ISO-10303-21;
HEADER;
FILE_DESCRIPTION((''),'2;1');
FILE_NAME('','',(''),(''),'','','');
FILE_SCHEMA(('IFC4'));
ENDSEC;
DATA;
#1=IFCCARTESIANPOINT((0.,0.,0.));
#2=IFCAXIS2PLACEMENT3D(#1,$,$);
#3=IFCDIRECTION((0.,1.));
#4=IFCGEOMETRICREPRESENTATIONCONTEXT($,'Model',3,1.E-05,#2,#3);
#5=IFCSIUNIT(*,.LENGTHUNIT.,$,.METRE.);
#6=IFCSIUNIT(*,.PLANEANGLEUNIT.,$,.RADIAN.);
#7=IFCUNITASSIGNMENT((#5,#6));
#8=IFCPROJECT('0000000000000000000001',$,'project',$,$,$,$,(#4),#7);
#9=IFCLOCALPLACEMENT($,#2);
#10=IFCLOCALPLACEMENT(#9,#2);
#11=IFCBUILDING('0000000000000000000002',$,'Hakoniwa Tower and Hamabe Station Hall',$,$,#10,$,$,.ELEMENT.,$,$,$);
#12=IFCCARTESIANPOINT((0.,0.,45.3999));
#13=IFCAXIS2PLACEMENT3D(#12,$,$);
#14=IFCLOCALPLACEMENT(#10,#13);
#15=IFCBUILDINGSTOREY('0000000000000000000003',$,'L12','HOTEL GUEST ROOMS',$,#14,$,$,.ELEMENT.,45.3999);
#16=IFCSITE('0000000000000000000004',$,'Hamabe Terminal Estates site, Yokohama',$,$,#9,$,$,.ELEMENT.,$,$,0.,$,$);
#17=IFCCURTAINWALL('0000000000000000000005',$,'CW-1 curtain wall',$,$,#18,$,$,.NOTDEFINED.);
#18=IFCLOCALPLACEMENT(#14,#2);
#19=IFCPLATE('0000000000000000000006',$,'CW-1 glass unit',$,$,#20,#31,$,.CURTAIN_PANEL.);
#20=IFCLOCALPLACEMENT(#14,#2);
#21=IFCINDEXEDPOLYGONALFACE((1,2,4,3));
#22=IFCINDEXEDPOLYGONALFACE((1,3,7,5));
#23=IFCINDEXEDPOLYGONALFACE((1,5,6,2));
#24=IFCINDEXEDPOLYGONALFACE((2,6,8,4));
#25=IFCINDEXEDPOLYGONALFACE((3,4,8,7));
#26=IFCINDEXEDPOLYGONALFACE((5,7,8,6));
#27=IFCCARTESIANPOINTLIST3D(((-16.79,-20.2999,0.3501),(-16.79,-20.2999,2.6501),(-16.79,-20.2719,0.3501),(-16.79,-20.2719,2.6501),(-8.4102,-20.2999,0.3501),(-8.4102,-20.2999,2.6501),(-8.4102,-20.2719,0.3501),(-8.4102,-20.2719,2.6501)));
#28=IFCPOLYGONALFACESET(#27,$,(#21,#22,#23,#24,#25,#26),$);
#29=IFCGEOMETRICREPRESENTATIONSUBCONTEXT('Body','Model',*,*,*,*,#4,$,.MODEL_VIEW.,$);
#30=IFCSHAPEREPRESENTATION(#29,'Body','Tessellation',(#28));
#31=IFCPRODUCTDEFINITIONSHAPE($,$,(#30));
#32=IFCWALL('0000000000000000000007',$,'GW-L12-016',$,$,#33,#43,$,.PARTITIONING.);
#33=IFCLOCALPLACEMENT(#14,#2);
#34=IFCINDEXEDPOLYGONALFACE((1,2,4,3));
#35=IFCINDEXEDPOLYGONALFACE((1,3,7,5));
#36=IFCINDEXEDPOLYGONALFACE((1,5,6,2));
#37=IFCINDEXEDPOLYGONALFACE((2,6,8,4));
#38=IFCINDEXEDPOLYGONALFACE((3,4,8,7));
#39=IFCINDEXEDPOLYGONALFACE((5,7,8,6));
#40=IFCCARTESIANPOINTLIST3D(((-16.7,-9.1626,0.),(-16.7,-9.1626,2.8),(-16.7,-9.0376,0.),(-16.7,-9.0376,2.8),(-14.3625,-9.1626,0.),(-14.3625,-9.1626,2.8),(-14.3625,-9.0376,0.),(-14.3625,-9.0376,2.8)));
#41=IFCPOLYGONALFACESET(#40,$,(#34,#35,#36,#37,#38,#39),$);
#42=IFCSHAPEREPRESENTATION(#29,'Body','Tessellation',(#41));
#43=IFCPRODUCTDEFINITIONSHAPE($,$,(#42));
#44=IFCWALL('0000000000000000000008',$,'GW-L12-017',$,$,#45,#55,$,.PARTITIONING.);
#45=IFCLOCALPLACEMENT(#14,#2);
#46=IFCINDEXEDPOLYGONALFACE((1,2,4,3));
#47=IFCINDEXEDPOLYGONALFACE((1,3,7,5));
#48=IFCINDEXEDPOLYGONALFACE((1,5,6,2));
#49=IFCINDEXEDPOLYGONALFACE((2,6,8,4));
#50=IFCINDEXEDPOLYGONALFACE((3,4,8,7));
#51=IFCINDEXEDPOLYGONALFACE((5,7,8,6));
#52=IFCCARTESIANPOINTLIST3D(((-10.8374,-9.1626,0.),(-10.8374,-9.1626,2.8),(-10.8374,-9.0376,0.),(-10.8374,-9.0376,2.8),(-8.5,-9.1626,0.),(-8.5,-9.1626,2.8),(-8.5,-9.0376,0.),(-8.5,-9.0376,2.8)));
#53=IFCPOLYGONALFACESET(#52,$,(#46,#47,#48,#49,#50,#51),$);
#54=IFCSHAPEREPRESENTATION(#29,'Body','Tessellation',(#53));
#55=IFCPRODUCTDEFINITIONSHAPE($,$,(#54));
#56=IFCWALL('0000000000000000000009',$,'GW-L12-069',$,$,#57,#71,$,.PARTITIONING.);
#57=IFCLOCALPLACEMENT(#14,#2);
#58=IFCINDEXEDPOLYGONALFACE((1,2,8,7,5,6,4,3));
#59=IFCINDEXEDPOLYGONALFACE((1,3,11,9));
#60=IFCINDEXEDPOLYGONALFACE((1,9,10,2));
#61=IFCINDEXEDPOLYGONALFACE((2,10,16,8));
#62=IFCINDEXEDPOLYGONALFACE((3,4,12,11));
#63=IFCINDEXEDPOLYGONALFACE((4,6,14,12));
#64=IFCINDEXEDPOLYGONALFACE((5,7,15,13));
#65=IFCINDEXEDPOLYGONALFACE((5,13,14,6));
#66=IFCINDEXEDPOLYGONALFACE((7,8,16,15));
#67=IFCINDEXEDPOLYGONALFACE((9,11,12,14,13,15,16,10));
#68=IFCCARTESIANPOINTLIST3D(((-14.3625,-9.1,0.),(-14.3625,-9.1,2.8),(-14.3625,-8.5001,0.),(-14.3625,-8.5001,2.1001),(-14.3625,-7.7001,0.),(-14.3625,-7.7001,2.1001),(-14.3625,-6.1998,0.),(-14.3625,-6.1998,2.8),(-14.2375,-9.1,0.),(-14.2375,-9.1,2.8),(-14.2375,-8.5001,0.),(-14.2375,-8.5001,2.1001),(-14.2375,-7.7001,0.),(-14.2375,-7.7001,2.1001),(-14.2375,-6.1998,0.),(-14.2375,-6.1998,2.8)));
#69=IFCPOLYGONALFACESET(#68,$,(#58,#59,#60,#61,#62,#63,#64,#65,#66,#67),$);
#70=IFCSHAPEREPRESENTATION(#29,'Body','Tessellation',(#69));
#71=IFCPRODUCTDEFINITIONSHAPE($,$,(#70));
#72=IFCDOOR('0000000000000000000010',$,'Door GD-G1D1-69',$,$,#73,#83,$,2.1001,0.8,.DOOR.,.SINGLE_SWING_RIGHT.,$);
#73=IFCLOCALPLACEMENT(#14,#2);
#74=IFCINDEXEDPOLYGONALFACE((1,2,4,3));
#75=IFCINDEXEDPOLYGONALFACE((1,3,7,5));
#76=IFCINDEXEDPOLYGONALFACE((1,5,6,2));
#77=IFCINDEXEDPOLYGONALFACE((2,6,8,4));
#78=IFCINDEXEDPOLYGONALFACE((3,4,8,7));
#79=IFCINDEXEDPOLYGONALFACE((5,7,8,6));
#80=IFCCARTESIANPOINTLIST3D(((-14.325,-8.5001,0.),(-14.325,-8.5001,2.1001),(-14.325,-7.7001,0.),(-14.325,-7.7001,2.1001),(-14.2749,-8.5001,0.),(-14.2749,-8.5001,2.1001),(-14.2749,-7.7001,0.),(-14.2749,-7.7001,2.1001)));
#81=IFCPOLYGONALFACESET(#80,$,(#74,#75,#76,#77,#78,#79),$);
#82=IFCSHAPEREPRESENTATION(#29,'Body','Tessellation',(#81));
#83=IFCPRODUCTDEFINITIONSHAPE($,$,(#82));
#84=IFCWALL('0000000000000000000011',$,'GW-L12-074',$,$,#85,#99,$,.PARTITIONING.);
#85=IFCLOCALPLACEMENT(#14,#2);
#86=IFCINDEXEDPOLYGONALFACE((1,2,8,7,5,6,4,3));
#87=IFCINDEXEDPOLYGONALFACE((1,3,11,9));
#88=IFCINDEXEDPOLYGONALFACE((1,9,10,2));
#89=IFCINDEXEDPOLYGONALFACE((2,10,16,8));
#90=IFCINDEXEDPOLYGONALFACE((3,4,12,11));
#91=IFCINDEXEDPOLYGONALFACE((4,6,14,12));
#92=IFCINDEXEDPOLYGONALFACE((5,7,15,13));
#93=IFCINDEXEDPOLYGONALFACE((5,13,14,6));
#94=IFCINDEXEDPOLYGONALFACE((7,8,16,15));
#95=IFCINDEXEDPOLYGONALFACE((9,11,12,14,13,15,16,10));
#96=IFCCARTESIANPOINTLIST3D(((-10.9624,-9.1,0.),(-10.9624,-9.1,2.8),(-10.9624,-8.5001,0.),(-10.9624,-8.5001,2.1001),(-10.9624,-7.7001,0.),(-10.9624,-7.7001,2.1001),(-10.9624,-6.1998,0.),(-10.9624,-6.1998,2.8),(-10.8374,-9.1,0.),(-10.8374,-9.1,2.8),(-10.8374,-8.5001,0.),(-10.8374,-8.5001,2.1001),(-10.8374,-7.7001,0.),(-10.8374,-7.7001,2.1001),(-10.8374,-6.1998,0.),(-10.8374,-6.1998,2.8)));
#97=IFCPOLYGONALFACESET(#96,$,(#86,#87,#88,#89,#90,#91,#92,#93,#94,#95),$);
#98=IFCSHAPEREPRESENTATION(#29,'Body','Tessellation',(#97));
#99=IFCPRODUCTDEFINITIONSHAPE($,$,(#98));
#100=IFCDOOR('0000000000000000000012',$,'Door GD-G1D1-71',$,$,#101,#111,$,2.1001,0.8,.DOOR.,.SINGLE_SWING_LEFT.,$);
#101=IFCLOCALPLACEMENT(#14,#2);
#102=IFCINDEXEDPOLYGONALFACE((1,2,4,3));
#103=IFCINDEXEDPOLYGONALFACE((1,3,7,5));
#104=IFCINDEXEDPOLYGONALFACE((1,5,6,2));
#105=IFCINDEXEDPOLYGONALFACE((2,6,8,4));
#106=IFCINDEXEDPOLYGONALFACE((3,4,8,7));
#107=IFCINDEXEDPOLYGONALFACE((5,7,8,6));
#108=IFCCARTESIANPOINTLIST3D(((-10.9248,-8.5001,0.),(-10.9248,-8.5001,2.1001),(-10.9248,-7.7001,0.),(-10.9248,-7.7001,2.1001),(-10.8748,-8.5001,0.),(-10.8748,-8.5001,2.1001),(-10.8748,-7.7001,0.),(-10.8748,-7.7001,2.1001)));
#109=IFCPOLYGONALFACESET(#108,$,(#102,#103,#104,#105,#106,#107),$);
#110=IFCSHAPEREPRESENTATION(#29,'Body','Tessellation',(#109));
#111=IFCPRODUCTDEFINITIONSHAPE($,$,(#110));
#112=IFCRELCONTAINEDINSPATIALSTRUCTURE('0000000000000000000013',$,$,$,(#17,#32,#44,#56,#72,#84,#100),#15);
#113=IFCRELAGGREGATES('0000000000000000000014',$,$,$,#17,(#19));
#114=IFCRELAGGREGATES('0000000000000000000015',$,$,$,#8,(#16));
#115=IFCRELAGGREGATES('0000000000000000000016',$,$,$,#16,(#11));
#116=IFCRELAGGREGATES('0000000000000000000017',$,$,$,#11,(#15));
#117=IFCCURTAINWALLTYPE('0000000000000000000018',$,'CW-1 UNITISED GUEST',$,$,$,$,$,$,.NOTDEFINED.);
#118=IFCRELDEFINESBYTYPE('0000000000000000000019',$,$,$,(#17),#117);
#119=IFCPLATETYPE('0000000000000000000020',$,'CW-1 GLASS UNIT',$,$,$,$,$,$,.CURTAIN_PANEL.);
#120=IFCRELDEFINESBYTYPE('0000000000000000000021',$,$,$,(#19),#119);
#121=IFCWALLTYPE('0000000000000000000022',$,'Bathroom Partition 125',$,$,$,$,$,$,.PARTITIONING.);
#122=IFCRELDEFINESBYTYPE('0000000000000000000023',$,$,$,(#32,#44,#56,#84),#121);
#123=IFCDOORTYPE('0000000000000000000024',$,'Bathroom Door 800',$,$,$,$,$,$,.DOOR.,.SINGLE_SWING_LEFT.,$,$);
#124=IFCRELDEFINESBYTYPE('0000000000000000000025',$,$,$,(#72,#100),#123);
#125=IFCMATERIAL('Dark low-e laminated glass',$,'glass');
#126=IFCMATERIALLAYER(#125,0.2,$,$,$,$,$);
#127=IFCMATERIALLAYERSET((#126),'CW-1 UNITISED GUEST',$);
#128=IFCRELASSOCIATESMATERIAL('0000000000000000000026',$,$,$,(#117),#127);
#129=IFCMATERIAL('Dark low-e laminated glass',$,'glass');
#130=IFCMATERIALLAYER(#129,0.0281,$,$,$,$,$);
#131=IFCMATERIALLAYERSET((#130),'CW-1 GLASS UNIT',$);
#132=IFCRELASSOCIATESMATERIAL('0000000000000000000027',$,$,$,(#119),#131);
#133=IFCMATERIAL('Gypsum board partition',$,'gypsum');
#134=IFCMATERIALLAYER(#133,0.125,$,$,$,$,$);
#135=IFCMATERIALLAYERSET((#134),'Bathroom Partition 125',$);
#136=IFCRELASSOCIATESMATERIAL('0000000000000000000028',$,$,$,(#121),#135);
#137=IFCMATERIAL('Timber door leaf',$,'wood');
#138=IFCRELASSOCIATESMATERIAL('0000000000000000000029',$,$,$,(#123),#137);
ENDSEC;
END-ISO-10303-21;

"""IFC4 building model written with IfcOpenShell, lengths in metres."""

from ifc_helpers import new_model, si_unit, direction, frame, frame_2d, origin, origin_2d, place, context, subcontext, project, spatial, rectangle, extrude, material, layer, layer_set, type_object, element, fill, aggregate, save


model = new_model("IFC4")

# Units and contexts
model_context = context("Model", 3, precision=1e-05, world=origin(), true_north=direction((0.0, 1.0)))
body_context = subcontext(model_context, "Body", "Model", "MODEL_VIEW")
ifc_project = project(units=[si_unit("LENGTHUNIT", "METRE"), si_unit("PLANEANGLEUNIT", "RADIAN")], contexts=[model_context])

# Site, building, storey
site_placement = place(None, origin())
site = spatial("IfcSite", under=ifc_project, at=site_placement, Name="Hamabe Terminal Estates site, Yokohama", CompositionType="ELEMENT", RefElevation=0.0)
building_placement = place(site_placement, origin())
building = spatial("IfcBuilding", under=site, at=building_placement, Name="Hakoniwa Tower and Hamabe Station Hall", CompositionType="ELEMENT")
storey_placement = place(building_placement, frame((0.0, 0.0, 45.3999)))
storey = spatial("IfcBuildingStorey", under=building, at=storey_placement, Name="L12", Description="HOTEL GUEST ROOMS", CompositionType="ELEMENT", Elevation=45.3999)

# Curtain wall, plate
ifc_material_1 = material(Name="Dark low-e laminated glass", Category="glass")
ifc_layer_1 = layer(ifc_material_1, 0.2)
ifc_layer_set_1 = layer_set([ifc_layer_1], Name="CW-1 UNITISED GUEST")
curtain_wall_type = type_object("IfcCurtainWallType", Name="CW-1 UNITISED GUEST", PredefinedType="NOTDEFINED", material=ifc_layer_set_1)
curtain_wall_placement = place(storey_placement, origin())
curtain_wall = element("IfcCurtainWall", 1, at=curtain_wall_placement, inside=storey, type_object=curtain_wall_type, Name="CW-1 curtain wall", PredefinedType="NOTDEFINED")
ifc_material_2 = material(Name="Dark low-e laminated glass", Category="glass")
ifc_layer_2 = layer(ifc_material_2, 0.0281)
ifc_layer_set_2 = layer_set([ifc_layer_2], Name="CW-1 GLASS UNIT")
plate_type = type_object("IfcPlateType", Name="CW-1 GLASS UNIT", PredefinedType="CURTAIN_PANEL", material=ifc_layer_set_2)
plate_placement = place(storey_placement, frame((-12.6001, -20.2859, 0.3501), z_axis=(0.0, 0.0, 1.0), x_axis=(1.0, 0.0, 0.0)))
plate = element("IfcPlate", 2, at=plate_placement, type_object=plate_type, Name="CW-1 glass unit", PredefinedType="CURTAIN_PANEL", context=body_context, shape_type="SweptSolid", body=[
    extrude(rectangle(XDim=8.3799, YDim=0.0281, at=origin_2d()), origin(), (0.0, 0.0, 1.0), 2.3),
])
aggregate(curtain_wall, [plate])

# Walls
ifc_material_3 = material(Name="Gypsum board partition", Category="gypsum")
ifc_layer_3 = layer(ifc_material_3, 0.125)
ifc_layer_set_3 = layer_set([ifc_layer_3], Name="Bathroom Partition 125")
wall_type_1 = type_object("IfcWallType", Name="Bathroom Partition 125", PredefinedType="PARTITIONING", material=ifc_layer_set_3)
for number, where, z_axis, x_axis, name in (
    (3, (-16.7, -9.1001, 0.0), (0.0, 0.0, 1.0), (1.0, 0.0, 0.0), "GW-L12-016"),
    (4, (-10.8374, -9.1001, 0.0), (0.0, 0.0, 1.0), (1.0, 0.0, 0.0), "GW-L12-017"),
):
    element("IfcWall", number, at=place(storey_placement, frame(where, z_axis=z_axis, x_axis=x_axis)), inside=storey, type_object=wall_type_1, Name=name, PredefinedType="PARTITIONING", context=body_context, shape_type="SweptSolid", body=[
        extrude(rectangle(XDim=2.3374, YDim=0.125, at=frame_2d((1.1687, 0.0))), origin(), (0.0, 0.0, 1.0), 2.8),
    ])

# Walls, openings, doors
wall_1_placement = place(storey_placement, frame((-14.3, -9.1001, 0.0), z_axis=(0.0, 0.0, 1.0), x_axis=(0.0, 1.0, 0.0)))
wall_1 = element("IfcWall", 5, at=wall_1_placement, inside=storey, type_object=wall_type_1, Name="GW-L12-069", PredefinedType="PARTITIONING", context=body_context, shape_type="SweptSolid", body=[
    extrude(rectangle(XDim=2.9001, YDim=0.125, at=frame_2d((1.4502, 0.0))), origin(), (0.0, 0.0, 1.0), 2.8),
])
opening_1_placement = place(wall_1_placement, frame((0.6001, 0.0, 0.0)))
opening_1 = element("IfcOpeningElement", 6, at=opening_1_placement, cuts=wall_1, PredefinedType="OPENING", context=body_context, shape_type="SweptSolid", body=[
    extrude(rectangle(XDim=0.8, YDim=2.1001, at=frame_2d((0.3999, 1.05))), frame((0.0, 0.0725, 0.0), z_axis=(0.0, -1.0, 0.0), x_axis=(1.0, 0.0, 0.0)), (0.0, 0.0, 1.0), 0.145),
])
ifc_material_4 = material(Name="Timber door leaf", Category="wood")
door_type_1 = type_object("IfcDoorType", Name="Bathroom Door 800", OperationType="SINGLE_SWING_LEFT", PredefinedType="DOOR", material=ifc_material_4)
door_1_placement = place(opening_1_placement, origin())
door_1 = element("IfcDoor", 7, at=door_1_placement, inside=storey, type_object=door_type_1, Name="Door GD-G1D1-69", OperationType="SINGLE_SWING_RIGHT", OverallHeight=2.1001, OverallWidth=0.8, PredefinedType="DOOR", context=body_context, shape_type="SweptSolid", body=[
    extrude(rectangle(XDim=0.8, YDim=2.1001, at=frame_2d((0.3999, 1.05))), frame((0.0, 0.0249, 0.0), z_axis=(0.0, -1.0, 0.0), x_axis=(1.0, 0.0, 0.0)), (0.0, 0.0, 1.0), 0.05),
])
fill(opening_1, door_1)
wall_2_placement = place(storey_placement, frame((-10.8999, -9.1001, 0.0), z_axis=(0.0, 0.0, 1.0), x_axis=(0.0, 1.0, 0.0)))
wall_2 = element("IfcWall", 8, at=wall_2_placement, inside=storey, type_object=wall_type_1, Name="GW-L12-074", PredefinedType="PARTITIONING", context=body_context, shape_type="SweptSolid", body=[
    extrude(rectangle(XDim=2.9001, YDim=0.125, at=frame_2d((1.4502, 0.0))), origin(), (0.0, 0.0, 1.0), 2.8),
])
opening_2_placement = place(wall_2_placement, frame((0.6001, 0.0, 0.0)))
opening_2 = element("IfcOpeningElement", 9, at=opening_2_placement, cuts=wall_2, PredefinedType="OPENING", context=body_context, shape_type="SweptSolid", body=[
    extrude(rectangle(XDim=0.8, YDim=2.1001, at=frame_2d((0.3999, 1.05))), frame((0.0, 0.0725, 0.0), z_axis=(0.0, -1.0, 0.0), x_axis=(1.0, 0.0, 0.0)), (0.0, 0.0, 1.0), 0.145),
])
door_2_placement = place(opening_2_placement, origin())
door_2 = element("IfcDoor", 10, at=door_2_placement, inside=storey, type_object=door_type_1, Name="Door GD-G1D1-71", OperationType="SINGLE_SWING_LEFT", OverallHeight=2.1001, OverallWidth=0.8, PredefinedType="DOOR", context=body_context, shape_type="SweptSolid", body=[
    extrude(rectangle(XDim=0.8, YDim=2.1001, at=frame_2d((0.3999, 1.05))), frame((0.0, 0.0249, 0.0), z_axis=(0.0, -1.0, 0.0), x_axis=(1.0, 0.0, 0.0)), (0.0, 0.0, 1.0), 0.05),
])
fill(opening_2, door_2)

save(model, "model.ifc")
